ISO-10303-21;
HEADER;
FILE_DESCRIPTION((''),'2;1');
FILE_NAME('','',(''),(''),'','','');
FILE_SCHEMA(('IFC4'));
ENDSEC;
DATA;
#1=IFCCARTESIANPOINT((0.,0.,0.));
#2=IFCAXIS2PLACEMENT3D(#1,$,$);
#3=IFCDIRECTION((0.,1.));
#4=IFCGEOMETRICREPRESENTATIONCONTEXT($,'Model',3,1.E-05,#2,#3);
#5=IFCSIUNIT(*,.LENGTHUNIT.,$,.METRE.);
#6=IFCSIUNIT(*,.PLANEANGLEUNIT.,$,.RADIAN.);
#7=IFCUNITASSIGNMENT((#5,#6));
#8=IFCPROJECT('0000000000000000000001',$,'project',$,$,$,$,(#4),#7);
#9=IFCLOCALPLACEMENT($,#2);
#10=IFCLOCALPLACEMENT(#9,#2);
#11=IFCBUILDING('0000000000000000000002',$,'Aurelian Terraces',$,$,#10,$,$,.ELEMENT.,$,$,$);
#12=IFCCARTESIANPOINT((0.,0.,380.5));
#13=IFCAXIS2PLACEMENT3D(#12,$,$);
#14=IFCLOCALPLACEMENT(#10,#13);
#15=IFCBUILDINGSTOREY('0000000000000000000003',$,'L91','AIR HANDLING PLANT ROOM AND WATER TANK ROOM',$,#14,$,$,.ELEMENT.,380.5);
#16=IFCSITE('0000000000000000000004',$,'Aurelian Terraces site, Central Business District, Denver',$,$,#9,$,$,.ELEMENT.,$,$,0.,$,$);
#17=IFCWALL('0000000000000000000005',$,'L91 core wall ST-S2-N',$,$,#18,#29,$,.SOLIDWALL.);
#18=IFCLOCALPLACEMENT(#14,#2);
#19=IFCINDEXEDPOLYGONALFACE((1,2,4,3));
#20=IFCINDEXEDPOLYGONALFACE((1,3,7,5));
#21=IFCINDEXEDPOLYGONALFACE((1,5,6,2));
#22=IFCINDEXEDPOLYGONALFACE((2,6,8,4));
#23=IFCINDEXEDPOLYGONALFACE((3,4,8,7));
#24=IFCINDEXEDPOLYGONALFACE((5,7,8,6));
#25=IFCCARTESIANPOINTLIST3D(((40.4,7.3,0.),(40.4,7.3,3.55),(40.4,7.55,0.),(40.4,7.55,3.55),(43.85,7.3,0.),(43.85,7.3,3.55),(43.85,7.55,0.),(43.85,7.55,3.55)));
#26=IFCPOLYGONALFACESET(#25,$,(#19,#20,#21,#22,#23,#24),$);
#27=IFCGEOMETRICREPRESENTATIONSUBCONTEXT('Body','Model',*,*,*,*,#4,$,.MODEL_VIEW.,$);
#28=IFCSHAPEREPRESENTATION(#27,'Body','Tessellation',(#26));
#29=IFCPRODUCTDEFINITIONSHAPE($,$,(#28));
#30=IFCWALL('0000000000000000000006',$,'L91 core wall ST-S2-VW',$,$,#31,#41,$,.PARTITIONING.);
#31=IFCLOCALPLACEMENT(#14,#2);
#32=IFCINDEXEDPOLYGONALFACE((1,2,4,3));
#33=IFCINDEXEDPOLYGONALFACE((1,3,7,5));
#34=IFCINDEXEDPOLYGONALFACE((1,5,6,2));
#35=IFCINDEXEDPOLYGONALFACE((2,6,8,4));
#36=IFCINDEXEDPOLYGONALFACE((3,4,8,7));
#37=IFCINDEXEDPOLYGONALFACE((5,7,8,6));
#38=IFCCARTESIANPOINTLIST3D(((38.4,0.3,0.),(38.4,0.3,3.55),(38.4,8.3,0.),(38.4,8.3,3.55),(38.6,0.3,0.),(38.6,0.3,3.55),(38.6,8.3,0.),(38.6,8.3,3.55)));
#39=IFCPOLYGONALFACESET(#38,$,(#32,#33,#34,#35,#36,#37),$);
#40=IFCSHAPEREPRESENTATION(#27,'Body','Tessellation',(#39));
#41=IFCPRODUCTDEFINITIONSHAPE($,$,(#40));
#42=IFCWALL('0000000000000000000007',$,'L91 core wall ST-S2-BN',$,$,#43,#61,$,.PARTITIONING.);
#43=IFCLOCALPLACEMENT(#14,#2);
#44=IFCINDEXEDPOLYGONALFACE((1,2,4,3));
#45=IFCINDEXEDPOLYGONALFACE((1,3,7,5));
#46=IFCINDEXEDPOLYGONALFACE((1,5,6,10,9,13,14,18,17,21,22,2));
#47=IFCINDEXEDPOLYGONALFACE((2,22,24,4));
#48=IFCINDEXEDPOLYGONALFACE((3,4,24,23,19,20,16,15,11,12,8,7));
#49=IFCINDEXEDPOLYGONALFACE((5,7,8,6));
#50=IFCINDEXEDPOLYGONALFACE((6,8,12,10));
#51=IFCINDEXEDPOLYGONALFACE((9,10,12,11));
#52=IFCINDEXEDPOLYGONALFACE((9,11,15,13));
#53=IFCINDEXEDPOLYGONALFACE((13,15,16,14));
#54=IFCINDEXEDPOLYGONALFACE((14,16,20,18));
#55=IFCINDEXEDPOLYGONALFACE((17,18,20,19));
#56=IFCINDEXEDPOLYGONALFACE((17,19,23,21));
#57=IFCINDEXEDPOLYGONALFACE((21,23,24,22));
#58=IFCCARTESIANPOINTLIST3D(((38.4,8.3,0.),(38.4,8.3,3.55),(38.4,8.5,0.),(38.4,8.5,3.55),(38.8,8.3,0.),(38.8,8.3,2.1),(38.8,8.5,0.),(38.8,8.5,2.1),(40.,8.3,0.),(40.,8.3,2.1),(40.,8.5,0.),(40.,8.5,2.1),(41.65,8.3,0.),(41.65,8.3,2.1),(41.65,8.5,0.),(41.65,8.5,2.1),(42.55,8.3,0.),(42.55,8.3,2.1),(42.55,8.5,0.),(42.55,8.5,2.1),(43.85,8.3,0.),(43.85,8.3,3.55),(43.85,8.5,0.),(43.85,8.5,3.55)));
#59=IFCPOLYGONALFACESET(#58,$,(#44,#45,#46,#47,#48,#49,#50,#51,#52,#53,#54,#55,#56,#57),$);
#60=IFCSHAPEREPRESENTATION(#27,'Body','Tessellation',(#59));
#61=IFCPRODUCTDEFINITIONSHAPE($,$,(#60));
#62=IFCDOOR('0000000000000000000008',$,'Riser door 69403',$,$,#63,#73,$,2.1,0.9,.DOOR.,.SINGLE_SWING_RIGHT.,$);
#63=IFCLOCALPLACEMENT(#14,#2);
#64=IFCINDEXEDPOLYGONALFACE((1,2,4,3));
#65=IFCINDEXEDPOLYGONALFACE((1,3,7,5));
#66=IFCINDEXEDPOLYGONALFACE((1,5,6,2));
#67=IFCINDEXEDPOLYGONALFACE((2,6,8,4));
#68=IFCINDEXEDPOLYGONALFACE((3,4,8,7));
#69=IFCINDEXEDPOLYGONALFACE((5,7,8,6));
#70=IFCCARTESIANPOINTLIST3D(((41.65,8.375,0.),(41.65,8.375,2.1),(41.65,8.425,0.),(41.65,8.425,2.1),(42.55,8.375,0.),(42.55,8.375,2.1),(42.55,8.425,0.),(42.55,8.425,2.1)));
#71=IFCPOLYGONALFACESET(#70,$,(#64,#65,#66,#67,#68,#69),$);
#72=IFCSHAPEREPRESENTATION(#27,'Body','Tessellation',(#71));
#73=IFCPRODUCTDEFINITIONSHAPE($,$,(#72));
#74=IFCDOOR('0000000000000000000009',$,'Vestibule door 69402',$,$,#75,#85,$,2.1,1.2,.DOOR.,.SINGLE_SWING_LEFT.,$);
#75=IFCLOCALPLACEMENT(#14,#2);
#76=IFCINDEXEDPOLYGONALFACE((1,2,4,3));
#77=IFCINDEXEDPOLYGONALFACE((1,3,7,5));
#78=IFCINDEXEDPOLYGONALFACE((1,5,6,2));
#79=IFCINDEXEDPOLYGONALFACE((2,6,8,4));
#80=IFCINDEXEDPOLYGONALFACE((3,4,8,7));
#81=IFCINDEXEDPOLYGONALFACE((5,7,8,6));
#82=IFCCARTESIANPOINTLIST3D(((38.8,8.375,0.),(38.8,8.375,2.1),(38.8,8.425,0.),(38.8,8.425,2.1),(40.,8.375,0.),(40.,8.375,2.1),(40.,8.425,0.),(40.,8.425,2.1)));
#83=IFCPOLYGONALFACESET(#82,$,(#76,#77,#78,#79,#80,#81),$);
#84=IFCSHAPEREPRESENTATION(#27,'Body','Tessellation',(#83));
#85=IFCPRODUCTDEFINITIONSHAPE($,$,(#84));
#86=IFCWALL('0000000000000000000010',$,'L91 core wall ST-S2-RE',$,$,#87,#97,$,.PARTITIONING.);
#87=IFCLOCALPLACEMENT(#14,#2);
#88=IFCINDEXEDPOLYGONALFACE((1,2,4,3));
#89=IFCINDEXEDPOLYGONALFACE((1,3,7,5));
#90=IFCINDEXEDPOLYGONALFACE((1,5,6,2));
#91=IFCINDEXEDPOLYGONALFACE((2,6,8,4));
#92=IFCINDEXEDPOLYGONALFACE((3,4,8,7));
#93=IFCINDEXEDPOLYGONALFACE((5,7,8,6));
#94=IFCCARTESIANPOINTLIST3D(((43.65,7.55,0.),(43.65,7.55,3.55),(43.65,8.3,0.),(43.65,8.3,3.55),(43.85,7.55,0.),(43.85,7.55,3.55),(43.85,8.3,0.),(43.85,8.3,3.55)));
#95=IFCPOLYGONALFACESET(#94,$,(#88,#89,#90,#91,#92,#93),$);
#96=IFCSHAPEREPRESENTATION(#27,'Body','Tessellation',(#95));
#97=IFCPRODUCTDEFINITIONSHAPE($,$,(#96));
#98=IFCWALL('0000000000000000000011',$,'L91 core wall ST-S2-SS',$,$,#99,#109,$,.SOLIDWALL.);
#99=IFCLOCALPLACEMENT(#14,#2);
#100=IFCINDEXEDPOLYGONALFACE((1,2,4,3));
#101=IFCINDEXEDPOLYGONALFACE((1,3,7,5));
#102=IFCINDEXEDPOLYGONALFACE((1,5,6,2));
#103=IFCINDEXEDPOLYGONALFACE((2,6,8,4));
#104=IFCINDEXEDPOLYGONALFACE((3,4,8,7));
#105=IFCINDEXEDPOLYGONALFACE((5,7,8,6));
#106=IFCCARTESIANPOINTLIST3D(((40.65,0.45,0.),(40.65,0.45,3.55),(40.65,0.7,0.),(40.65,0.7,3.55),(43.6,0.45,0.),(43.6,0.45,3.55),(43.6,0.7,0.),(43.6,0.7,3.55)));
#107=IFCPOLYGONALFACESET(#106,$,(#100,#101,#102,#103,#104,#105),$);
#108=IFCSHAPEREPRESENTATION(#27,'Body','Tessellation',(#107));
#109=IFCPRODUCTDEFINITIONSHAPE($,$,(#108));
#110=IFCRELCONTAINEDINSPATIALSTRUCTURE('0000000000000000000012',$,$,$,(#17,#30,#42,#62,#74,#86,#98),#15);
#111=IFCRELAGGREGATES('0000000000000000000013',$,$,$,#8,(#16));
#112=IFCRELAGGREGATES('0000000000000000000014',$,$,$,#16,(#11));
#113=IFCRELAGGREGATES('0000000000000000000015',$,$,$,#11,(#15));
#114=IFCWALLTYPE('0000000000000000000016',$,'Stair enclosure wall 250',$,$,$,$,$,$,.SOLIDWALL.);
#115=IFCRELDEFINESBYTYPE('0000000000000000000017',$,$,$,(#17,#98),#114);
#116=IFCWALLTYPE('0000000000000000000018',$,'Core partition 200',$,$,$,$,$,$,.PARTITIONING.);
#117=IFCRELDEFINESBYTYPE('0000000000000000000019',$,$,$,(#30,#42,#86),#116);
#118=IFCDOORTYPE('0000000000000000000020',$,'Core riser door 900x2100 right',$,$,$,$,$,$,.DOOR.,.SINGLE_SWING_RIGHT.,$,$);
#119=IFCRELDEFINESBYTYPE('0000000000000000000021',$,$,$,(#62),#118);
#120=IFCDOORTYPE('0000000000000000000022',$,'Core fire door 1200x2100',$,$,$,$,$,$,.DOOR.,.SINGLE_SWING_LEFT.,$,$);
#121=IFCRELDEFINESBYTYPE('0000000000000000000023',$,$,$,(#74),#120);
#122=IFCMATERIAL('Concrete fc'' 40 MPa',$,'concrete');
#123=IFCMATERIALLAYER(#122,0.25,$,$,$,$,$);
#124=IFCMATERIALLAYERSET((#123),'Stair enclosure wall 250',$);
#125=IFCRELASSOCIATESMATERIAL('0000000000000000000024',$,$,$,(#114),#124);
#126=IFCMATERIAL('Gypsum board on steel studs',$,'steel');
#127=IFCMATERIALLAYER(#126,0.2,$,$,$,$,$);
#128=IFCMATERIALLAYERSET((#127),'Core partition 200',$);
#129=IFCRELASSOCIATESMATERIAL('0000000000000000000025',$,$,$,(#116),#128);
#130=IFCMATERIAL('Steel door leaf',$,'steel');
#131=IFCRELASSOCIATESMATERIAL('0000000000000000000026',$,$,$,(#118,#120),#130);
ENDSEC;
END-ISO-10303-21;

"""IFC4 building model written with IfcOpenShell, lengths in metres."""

from ifc_helpers import new_model, si_unit, direction, frame, frame_2d, origin, place, context, subcontext, project, spatial, rectangle, extrude, source, transform, mapped, material, layer, layer_set, type_object, element, fill, save


model = new_model("IFC4")

# Units and contexts
model_context = context("Model", 3, precision=1e-05, world=origin(), true_north=direction((0.0, 1.0)))
body_context = subcontext(model_context, "Body", "Model", "MODEL_VIEW")
ifc_project = project(units=[si_unit("LENGTHUNIT", "METRE"), si_unit("PLANEANGLEUNIT", "RADIAN")], contexts=[model_context])

# Site, building, storey
site_placement = place(None, origin())
site = spatial("IfcSite", under=ifc_project, at=site_placement, Name="Aurelian Terraces site, Central Business District, Denver", CompositionType="ELEMENT", RefElevation=0.0)
building_placement = place(site_placement, origin())
building = spatial("IfcBuilding", under=site, at=building_placement, Name="Aurelian Terraces", CompositionType="ELEMENT")
storey_placement = place(building_placement, frame((0.0, 0.0, 380.5)))
storey = spatial("IfcBuildingStorey", under=building, at=storey_placement, Name="L91", Description="AIR HANDLING PLANT ROOM AND WATER TANK ROOM", CompositionType="ELEMENT", Elevation=380.5)

# Shared definitions
ifc_material_1 = material(Name="Concrete fc' 40 MPa", Category="concrete")
ifc_layer_1 = layer(ifc_material_1, 0.25)
ifc_layer_set_1 = layer_set([ifc_layer_1], Name="Stair enclosure wall 250")
wall_type_1 = type_object("IfcWallType", Name="Stair enclosure wall 250", PredefinedType="SOLIDWALL", material=ifc_layer_set_1)
ifc_material_2 = material(Name="Steel door leaf", Category="steel")

# Walls
shared_shape_1 = source(origin(), body_context, "Body", "SweptSolid", [
    extrude(rectangle(XDim=3.45, YDim=0.25, at=frame_2d((1.725, 0.0))), origin(), (0.0, 0.0, 1.0), 3.55),
])
wall_1_placement = place(storey_placement, frame((40.4, 7.425, 0.0), z_axis=(0.0, 0.0, 1.0), x_axis=(1.0, 0.0, 0.0)))
element("IfcWall", 1, at=wall_1_placement, inside=storey, type_object=wall_type_1, Name="L91 core wall ST-S2-N", PredefinedType="SOLIDWALL", context=body_context, shape_type="MappedRepresentation", body=[
    mapped(shared_shape_1, transform((0.0, 0.0, 0.0), scale=1.0)),
])
ifc_material_3 = material(Name="Gypsum board on steel studs", Category="steel")
ifc_layer_2 = layer(ifc_material_3, 0.2)
ifc_layer_set_2 = layer_set([ifc_layer_2], Name="Core partition 200")
wall_type_2 = type_object("IfcWallType", Name="Core partition 200", PredefinedType="PARTITIONING", material=ifc_layer_set_2)
shared_shape_2 = source(origin(), body_context, "Body", "SweptSolid", [
    extrude(rectangle(XDim=8.0, YDim=0.2, at=frame_2d((4.0, 0.0))), origin(), (0.0, 0.0, 1.0), 3.55),
])
wall_2_placement = place(storey_placement, frame((38.5, 0.3, 0.0), z_axis=(0.0, 0.0, 1.0), x_axis=(0.0, 1.0, 0.0)))
element("IfcWall", 2, at=wall_2_placement, inside=storey, type_object=wall_type_2, Name="L91 core wall ST-S2-VW", PredefinedType="PARTITIONING", context=body_context, shape_type="MappedRepresentation", body=[
    mapped(shared_shape_2, transform((0.0, 0.0, 0.0), scale=1.0)),
])

# Wall, openings, doors
shared_shape_3 = source(origin(), body_context, "Body", "SweptSolid", [
    extrude(rectangle(XDim=5.45, YDim=0.2, at=frame_2d((2.725, 0.0))), origin(), (0.0, 0.0, 1.0), 3.55),
])
wall_3_placement = place(storey_placement, frame((38.4, 8.4, 0.0), z_axis=(0.0, 0.0, 1.0), x_axis=(1.0, 0.0, 0.0)))
wall_3 = element("IfcWall", 3, at=wall_3_placement, inside=storey, type_object=wall_type_2, Name="L91 core wall ST-S2-BN", PredefinedType="PARTITIONING", context=body_context, shape_type="MappedRepresentation", body=[
    mapped(shared_shape_3, transform((0.0, 0.0, 0.0), scale=1.0)),
])
shared_shape_4 = source(origin(), body_context, "Body", "SweptSolid", [
    extrude(rectangle(XDim=1.2, YDim=2.1, at=frame_2d((0.6, 1.05))), frame((0.0, 0.11, 0.0), z_axis=(0.0, -1.0, 0.0), x_axis=(1.0, 0.0, 0.0)), (0.0, 0.0, 1.0), 0.22),
])
opening_1_placement = place(wall_3_placement, frame((0.4, 0.0, 0.0)))
opening_1 = element("IfcOpeningElement", 4, at=opening_1_placement, cuts=wall_3, PredefinedType="OPENING", context=body_context, shape_type="MappedRepresentation", body=[
    mapped(shared_shape_4, transform((0.0, 0.0, 0.0), scale=1.0)),
])
shared_shape_5 = source(origin(), body_context, "Body", "SweptSolid", [
    extrude(rectangle(XDim=0.9, YDim=2.1, at=frame_2d((0.45, 1.05))), frame((0.0, 0.11, 0.0), z_axis=(0.0, -1.0, 0.0), x_axis=(1.0, 0.0, 0.0)), (0.0, 0.0, 1.0), 0.22),
])
opening_2_placement = place(wall_3_placement, frame((3.25, 0.0, 0.0)))
opening_2 = element("IfcOpeningElement", 5, at=opening_2_placement, cuts=wall_3, PredefinedType="OPENING", context=body_context, shape_type="MappedRepresentation", body=[
    mapped(shared_shape_5, transform((0.0, 0.0, 0.0), scale=1.0)),
])
door_type_1 = type_object("IfcDoorType", Name="Core riser door 900x2100 right", OperationType="SINGLE_SWING_RIGHT", PredefinedType="DOOR", material=ifc_material_2)
shared_shape_6 = source(origin(), body_context, "Body", "SweptSolid", [
    extrude(rectangle(XDim=0.9, YDim=2.1, at=frame_2d((0.45, 1.05))), frame((0.0, 0.025, 0.0), z_axis=(0.0, -1.0, 0.0), x_axis=(1.0, 0.0, 0.0)), (0.0, 0.0, 1.0), 0.05),
])
door_1_placement = place(opening_2_placement, origin())
door_1 = element("IfcDoor", 6, at=door_1_placement, inside=storey, type_object=door_type_1, Name="Riser door 69403", OperationType="SINGLE_SWING_RIGHT", OverallHeight=2.1, OverallWidth=0.9, PredefinedType="DOOR", context=body_context, shape_type="MappedRepresentation", body=[
    mapped(shared_shape_6, transform((0.0, 0.0, 0.0), scale=1.0)),
])
fill(opening_2, door_1)
door_type_2 = type_object("IfcDoorType", Name="Core fire door 1200x2100", OperationType="SINGLE_SWING_LEFT", PredefinedType="DOOR", material=ifc_material_2)
shared_shape_7 = source(origin(), body_context, "Body", "SweptSolid", [
    extrude(rectangle(XDim=1.2, YDim=2.1, at=frame_2d((0.6, 1.05))), frame((0.0, 0.025, 0.0), z_axis=(0.0, -1.0, 0.0), x_axis=(1.0, 0.0, 0.0)), (0.0, 0.0, 1.0), 0.05),
])
door_2_placement = place(opening_1_placement, origin())
door_2 = element("IfcDoor", 7, at=door_2_placement, inside=storey, type_object=door_type_2, Name="Vestibule door 69402", OperationType="SINGLE_SWING_LEFT", OverallHeight=2.1, OverallWidth=1.2, PredefinedType="DOOR", context=body_context, shape_type="MappedRepresentation", body=[
    mapped(shared_shape_7, transform((0.0, 0.0, 0.0), scale=1.0)),
])
fill(opening_1, door_2)

# Walls
shared_shape_8 = source(origin(), body_context, "Body", "SweptSolid", [
    extrude(rectangle(XDim=0.75, YDim=0.2, at=frame_2d((0.375, 0.0))), origin(), (0.0, 0.0, 1.0), 3.55),
])
wall_4_placement = place(storey_placement, frame((43.75, 7.55, 0.0), z_axis=(0.0, 0.0, 1.0), x_axis=(0.0, 1.0, 0.0)))
element("IfcWall", 8, at=wall_4_placement, inside=storey, type_object=wall_type_2, Name="L91 core wall ST-S2-RE", PredefinedType="PARTITIONING", context=body_context, shape_type="MappedRepresentation", body=[
    mapped(shared_shape_8, transform((0.0, 0.0, 0.0), scale=1.0)),
])
shared_shape_9 = source(origin(), body_context, "Body", "SweptSolid", [
    extrude(rectangle(XDim=2.95, YDim=0.25, at=frame_2d((1.475, 0.0))), origin(), (0.0, 0.0, 1.0), 3.55),
])
wall_5_placement = place(storey_placement, frame((40.65, 0.575, 0.0), z_axis=(0.0, 0.0, 1.0), x_axis=(1.0, 0.0, 0.0)))
element("IfcWall", 9, at=wall_5_placement, inside=storey, type_object=wall_type_1, Name="L91 core wall ST-S2-SS", PredefinedType="SOLIDWALL", context=body_context, shape_type="MappedRepresentation", body=[
    mapped(shared_shape_9, transform((0.0, 0.0, 0.0), scale=1.0)),
])

save(model, "model.ifc")
